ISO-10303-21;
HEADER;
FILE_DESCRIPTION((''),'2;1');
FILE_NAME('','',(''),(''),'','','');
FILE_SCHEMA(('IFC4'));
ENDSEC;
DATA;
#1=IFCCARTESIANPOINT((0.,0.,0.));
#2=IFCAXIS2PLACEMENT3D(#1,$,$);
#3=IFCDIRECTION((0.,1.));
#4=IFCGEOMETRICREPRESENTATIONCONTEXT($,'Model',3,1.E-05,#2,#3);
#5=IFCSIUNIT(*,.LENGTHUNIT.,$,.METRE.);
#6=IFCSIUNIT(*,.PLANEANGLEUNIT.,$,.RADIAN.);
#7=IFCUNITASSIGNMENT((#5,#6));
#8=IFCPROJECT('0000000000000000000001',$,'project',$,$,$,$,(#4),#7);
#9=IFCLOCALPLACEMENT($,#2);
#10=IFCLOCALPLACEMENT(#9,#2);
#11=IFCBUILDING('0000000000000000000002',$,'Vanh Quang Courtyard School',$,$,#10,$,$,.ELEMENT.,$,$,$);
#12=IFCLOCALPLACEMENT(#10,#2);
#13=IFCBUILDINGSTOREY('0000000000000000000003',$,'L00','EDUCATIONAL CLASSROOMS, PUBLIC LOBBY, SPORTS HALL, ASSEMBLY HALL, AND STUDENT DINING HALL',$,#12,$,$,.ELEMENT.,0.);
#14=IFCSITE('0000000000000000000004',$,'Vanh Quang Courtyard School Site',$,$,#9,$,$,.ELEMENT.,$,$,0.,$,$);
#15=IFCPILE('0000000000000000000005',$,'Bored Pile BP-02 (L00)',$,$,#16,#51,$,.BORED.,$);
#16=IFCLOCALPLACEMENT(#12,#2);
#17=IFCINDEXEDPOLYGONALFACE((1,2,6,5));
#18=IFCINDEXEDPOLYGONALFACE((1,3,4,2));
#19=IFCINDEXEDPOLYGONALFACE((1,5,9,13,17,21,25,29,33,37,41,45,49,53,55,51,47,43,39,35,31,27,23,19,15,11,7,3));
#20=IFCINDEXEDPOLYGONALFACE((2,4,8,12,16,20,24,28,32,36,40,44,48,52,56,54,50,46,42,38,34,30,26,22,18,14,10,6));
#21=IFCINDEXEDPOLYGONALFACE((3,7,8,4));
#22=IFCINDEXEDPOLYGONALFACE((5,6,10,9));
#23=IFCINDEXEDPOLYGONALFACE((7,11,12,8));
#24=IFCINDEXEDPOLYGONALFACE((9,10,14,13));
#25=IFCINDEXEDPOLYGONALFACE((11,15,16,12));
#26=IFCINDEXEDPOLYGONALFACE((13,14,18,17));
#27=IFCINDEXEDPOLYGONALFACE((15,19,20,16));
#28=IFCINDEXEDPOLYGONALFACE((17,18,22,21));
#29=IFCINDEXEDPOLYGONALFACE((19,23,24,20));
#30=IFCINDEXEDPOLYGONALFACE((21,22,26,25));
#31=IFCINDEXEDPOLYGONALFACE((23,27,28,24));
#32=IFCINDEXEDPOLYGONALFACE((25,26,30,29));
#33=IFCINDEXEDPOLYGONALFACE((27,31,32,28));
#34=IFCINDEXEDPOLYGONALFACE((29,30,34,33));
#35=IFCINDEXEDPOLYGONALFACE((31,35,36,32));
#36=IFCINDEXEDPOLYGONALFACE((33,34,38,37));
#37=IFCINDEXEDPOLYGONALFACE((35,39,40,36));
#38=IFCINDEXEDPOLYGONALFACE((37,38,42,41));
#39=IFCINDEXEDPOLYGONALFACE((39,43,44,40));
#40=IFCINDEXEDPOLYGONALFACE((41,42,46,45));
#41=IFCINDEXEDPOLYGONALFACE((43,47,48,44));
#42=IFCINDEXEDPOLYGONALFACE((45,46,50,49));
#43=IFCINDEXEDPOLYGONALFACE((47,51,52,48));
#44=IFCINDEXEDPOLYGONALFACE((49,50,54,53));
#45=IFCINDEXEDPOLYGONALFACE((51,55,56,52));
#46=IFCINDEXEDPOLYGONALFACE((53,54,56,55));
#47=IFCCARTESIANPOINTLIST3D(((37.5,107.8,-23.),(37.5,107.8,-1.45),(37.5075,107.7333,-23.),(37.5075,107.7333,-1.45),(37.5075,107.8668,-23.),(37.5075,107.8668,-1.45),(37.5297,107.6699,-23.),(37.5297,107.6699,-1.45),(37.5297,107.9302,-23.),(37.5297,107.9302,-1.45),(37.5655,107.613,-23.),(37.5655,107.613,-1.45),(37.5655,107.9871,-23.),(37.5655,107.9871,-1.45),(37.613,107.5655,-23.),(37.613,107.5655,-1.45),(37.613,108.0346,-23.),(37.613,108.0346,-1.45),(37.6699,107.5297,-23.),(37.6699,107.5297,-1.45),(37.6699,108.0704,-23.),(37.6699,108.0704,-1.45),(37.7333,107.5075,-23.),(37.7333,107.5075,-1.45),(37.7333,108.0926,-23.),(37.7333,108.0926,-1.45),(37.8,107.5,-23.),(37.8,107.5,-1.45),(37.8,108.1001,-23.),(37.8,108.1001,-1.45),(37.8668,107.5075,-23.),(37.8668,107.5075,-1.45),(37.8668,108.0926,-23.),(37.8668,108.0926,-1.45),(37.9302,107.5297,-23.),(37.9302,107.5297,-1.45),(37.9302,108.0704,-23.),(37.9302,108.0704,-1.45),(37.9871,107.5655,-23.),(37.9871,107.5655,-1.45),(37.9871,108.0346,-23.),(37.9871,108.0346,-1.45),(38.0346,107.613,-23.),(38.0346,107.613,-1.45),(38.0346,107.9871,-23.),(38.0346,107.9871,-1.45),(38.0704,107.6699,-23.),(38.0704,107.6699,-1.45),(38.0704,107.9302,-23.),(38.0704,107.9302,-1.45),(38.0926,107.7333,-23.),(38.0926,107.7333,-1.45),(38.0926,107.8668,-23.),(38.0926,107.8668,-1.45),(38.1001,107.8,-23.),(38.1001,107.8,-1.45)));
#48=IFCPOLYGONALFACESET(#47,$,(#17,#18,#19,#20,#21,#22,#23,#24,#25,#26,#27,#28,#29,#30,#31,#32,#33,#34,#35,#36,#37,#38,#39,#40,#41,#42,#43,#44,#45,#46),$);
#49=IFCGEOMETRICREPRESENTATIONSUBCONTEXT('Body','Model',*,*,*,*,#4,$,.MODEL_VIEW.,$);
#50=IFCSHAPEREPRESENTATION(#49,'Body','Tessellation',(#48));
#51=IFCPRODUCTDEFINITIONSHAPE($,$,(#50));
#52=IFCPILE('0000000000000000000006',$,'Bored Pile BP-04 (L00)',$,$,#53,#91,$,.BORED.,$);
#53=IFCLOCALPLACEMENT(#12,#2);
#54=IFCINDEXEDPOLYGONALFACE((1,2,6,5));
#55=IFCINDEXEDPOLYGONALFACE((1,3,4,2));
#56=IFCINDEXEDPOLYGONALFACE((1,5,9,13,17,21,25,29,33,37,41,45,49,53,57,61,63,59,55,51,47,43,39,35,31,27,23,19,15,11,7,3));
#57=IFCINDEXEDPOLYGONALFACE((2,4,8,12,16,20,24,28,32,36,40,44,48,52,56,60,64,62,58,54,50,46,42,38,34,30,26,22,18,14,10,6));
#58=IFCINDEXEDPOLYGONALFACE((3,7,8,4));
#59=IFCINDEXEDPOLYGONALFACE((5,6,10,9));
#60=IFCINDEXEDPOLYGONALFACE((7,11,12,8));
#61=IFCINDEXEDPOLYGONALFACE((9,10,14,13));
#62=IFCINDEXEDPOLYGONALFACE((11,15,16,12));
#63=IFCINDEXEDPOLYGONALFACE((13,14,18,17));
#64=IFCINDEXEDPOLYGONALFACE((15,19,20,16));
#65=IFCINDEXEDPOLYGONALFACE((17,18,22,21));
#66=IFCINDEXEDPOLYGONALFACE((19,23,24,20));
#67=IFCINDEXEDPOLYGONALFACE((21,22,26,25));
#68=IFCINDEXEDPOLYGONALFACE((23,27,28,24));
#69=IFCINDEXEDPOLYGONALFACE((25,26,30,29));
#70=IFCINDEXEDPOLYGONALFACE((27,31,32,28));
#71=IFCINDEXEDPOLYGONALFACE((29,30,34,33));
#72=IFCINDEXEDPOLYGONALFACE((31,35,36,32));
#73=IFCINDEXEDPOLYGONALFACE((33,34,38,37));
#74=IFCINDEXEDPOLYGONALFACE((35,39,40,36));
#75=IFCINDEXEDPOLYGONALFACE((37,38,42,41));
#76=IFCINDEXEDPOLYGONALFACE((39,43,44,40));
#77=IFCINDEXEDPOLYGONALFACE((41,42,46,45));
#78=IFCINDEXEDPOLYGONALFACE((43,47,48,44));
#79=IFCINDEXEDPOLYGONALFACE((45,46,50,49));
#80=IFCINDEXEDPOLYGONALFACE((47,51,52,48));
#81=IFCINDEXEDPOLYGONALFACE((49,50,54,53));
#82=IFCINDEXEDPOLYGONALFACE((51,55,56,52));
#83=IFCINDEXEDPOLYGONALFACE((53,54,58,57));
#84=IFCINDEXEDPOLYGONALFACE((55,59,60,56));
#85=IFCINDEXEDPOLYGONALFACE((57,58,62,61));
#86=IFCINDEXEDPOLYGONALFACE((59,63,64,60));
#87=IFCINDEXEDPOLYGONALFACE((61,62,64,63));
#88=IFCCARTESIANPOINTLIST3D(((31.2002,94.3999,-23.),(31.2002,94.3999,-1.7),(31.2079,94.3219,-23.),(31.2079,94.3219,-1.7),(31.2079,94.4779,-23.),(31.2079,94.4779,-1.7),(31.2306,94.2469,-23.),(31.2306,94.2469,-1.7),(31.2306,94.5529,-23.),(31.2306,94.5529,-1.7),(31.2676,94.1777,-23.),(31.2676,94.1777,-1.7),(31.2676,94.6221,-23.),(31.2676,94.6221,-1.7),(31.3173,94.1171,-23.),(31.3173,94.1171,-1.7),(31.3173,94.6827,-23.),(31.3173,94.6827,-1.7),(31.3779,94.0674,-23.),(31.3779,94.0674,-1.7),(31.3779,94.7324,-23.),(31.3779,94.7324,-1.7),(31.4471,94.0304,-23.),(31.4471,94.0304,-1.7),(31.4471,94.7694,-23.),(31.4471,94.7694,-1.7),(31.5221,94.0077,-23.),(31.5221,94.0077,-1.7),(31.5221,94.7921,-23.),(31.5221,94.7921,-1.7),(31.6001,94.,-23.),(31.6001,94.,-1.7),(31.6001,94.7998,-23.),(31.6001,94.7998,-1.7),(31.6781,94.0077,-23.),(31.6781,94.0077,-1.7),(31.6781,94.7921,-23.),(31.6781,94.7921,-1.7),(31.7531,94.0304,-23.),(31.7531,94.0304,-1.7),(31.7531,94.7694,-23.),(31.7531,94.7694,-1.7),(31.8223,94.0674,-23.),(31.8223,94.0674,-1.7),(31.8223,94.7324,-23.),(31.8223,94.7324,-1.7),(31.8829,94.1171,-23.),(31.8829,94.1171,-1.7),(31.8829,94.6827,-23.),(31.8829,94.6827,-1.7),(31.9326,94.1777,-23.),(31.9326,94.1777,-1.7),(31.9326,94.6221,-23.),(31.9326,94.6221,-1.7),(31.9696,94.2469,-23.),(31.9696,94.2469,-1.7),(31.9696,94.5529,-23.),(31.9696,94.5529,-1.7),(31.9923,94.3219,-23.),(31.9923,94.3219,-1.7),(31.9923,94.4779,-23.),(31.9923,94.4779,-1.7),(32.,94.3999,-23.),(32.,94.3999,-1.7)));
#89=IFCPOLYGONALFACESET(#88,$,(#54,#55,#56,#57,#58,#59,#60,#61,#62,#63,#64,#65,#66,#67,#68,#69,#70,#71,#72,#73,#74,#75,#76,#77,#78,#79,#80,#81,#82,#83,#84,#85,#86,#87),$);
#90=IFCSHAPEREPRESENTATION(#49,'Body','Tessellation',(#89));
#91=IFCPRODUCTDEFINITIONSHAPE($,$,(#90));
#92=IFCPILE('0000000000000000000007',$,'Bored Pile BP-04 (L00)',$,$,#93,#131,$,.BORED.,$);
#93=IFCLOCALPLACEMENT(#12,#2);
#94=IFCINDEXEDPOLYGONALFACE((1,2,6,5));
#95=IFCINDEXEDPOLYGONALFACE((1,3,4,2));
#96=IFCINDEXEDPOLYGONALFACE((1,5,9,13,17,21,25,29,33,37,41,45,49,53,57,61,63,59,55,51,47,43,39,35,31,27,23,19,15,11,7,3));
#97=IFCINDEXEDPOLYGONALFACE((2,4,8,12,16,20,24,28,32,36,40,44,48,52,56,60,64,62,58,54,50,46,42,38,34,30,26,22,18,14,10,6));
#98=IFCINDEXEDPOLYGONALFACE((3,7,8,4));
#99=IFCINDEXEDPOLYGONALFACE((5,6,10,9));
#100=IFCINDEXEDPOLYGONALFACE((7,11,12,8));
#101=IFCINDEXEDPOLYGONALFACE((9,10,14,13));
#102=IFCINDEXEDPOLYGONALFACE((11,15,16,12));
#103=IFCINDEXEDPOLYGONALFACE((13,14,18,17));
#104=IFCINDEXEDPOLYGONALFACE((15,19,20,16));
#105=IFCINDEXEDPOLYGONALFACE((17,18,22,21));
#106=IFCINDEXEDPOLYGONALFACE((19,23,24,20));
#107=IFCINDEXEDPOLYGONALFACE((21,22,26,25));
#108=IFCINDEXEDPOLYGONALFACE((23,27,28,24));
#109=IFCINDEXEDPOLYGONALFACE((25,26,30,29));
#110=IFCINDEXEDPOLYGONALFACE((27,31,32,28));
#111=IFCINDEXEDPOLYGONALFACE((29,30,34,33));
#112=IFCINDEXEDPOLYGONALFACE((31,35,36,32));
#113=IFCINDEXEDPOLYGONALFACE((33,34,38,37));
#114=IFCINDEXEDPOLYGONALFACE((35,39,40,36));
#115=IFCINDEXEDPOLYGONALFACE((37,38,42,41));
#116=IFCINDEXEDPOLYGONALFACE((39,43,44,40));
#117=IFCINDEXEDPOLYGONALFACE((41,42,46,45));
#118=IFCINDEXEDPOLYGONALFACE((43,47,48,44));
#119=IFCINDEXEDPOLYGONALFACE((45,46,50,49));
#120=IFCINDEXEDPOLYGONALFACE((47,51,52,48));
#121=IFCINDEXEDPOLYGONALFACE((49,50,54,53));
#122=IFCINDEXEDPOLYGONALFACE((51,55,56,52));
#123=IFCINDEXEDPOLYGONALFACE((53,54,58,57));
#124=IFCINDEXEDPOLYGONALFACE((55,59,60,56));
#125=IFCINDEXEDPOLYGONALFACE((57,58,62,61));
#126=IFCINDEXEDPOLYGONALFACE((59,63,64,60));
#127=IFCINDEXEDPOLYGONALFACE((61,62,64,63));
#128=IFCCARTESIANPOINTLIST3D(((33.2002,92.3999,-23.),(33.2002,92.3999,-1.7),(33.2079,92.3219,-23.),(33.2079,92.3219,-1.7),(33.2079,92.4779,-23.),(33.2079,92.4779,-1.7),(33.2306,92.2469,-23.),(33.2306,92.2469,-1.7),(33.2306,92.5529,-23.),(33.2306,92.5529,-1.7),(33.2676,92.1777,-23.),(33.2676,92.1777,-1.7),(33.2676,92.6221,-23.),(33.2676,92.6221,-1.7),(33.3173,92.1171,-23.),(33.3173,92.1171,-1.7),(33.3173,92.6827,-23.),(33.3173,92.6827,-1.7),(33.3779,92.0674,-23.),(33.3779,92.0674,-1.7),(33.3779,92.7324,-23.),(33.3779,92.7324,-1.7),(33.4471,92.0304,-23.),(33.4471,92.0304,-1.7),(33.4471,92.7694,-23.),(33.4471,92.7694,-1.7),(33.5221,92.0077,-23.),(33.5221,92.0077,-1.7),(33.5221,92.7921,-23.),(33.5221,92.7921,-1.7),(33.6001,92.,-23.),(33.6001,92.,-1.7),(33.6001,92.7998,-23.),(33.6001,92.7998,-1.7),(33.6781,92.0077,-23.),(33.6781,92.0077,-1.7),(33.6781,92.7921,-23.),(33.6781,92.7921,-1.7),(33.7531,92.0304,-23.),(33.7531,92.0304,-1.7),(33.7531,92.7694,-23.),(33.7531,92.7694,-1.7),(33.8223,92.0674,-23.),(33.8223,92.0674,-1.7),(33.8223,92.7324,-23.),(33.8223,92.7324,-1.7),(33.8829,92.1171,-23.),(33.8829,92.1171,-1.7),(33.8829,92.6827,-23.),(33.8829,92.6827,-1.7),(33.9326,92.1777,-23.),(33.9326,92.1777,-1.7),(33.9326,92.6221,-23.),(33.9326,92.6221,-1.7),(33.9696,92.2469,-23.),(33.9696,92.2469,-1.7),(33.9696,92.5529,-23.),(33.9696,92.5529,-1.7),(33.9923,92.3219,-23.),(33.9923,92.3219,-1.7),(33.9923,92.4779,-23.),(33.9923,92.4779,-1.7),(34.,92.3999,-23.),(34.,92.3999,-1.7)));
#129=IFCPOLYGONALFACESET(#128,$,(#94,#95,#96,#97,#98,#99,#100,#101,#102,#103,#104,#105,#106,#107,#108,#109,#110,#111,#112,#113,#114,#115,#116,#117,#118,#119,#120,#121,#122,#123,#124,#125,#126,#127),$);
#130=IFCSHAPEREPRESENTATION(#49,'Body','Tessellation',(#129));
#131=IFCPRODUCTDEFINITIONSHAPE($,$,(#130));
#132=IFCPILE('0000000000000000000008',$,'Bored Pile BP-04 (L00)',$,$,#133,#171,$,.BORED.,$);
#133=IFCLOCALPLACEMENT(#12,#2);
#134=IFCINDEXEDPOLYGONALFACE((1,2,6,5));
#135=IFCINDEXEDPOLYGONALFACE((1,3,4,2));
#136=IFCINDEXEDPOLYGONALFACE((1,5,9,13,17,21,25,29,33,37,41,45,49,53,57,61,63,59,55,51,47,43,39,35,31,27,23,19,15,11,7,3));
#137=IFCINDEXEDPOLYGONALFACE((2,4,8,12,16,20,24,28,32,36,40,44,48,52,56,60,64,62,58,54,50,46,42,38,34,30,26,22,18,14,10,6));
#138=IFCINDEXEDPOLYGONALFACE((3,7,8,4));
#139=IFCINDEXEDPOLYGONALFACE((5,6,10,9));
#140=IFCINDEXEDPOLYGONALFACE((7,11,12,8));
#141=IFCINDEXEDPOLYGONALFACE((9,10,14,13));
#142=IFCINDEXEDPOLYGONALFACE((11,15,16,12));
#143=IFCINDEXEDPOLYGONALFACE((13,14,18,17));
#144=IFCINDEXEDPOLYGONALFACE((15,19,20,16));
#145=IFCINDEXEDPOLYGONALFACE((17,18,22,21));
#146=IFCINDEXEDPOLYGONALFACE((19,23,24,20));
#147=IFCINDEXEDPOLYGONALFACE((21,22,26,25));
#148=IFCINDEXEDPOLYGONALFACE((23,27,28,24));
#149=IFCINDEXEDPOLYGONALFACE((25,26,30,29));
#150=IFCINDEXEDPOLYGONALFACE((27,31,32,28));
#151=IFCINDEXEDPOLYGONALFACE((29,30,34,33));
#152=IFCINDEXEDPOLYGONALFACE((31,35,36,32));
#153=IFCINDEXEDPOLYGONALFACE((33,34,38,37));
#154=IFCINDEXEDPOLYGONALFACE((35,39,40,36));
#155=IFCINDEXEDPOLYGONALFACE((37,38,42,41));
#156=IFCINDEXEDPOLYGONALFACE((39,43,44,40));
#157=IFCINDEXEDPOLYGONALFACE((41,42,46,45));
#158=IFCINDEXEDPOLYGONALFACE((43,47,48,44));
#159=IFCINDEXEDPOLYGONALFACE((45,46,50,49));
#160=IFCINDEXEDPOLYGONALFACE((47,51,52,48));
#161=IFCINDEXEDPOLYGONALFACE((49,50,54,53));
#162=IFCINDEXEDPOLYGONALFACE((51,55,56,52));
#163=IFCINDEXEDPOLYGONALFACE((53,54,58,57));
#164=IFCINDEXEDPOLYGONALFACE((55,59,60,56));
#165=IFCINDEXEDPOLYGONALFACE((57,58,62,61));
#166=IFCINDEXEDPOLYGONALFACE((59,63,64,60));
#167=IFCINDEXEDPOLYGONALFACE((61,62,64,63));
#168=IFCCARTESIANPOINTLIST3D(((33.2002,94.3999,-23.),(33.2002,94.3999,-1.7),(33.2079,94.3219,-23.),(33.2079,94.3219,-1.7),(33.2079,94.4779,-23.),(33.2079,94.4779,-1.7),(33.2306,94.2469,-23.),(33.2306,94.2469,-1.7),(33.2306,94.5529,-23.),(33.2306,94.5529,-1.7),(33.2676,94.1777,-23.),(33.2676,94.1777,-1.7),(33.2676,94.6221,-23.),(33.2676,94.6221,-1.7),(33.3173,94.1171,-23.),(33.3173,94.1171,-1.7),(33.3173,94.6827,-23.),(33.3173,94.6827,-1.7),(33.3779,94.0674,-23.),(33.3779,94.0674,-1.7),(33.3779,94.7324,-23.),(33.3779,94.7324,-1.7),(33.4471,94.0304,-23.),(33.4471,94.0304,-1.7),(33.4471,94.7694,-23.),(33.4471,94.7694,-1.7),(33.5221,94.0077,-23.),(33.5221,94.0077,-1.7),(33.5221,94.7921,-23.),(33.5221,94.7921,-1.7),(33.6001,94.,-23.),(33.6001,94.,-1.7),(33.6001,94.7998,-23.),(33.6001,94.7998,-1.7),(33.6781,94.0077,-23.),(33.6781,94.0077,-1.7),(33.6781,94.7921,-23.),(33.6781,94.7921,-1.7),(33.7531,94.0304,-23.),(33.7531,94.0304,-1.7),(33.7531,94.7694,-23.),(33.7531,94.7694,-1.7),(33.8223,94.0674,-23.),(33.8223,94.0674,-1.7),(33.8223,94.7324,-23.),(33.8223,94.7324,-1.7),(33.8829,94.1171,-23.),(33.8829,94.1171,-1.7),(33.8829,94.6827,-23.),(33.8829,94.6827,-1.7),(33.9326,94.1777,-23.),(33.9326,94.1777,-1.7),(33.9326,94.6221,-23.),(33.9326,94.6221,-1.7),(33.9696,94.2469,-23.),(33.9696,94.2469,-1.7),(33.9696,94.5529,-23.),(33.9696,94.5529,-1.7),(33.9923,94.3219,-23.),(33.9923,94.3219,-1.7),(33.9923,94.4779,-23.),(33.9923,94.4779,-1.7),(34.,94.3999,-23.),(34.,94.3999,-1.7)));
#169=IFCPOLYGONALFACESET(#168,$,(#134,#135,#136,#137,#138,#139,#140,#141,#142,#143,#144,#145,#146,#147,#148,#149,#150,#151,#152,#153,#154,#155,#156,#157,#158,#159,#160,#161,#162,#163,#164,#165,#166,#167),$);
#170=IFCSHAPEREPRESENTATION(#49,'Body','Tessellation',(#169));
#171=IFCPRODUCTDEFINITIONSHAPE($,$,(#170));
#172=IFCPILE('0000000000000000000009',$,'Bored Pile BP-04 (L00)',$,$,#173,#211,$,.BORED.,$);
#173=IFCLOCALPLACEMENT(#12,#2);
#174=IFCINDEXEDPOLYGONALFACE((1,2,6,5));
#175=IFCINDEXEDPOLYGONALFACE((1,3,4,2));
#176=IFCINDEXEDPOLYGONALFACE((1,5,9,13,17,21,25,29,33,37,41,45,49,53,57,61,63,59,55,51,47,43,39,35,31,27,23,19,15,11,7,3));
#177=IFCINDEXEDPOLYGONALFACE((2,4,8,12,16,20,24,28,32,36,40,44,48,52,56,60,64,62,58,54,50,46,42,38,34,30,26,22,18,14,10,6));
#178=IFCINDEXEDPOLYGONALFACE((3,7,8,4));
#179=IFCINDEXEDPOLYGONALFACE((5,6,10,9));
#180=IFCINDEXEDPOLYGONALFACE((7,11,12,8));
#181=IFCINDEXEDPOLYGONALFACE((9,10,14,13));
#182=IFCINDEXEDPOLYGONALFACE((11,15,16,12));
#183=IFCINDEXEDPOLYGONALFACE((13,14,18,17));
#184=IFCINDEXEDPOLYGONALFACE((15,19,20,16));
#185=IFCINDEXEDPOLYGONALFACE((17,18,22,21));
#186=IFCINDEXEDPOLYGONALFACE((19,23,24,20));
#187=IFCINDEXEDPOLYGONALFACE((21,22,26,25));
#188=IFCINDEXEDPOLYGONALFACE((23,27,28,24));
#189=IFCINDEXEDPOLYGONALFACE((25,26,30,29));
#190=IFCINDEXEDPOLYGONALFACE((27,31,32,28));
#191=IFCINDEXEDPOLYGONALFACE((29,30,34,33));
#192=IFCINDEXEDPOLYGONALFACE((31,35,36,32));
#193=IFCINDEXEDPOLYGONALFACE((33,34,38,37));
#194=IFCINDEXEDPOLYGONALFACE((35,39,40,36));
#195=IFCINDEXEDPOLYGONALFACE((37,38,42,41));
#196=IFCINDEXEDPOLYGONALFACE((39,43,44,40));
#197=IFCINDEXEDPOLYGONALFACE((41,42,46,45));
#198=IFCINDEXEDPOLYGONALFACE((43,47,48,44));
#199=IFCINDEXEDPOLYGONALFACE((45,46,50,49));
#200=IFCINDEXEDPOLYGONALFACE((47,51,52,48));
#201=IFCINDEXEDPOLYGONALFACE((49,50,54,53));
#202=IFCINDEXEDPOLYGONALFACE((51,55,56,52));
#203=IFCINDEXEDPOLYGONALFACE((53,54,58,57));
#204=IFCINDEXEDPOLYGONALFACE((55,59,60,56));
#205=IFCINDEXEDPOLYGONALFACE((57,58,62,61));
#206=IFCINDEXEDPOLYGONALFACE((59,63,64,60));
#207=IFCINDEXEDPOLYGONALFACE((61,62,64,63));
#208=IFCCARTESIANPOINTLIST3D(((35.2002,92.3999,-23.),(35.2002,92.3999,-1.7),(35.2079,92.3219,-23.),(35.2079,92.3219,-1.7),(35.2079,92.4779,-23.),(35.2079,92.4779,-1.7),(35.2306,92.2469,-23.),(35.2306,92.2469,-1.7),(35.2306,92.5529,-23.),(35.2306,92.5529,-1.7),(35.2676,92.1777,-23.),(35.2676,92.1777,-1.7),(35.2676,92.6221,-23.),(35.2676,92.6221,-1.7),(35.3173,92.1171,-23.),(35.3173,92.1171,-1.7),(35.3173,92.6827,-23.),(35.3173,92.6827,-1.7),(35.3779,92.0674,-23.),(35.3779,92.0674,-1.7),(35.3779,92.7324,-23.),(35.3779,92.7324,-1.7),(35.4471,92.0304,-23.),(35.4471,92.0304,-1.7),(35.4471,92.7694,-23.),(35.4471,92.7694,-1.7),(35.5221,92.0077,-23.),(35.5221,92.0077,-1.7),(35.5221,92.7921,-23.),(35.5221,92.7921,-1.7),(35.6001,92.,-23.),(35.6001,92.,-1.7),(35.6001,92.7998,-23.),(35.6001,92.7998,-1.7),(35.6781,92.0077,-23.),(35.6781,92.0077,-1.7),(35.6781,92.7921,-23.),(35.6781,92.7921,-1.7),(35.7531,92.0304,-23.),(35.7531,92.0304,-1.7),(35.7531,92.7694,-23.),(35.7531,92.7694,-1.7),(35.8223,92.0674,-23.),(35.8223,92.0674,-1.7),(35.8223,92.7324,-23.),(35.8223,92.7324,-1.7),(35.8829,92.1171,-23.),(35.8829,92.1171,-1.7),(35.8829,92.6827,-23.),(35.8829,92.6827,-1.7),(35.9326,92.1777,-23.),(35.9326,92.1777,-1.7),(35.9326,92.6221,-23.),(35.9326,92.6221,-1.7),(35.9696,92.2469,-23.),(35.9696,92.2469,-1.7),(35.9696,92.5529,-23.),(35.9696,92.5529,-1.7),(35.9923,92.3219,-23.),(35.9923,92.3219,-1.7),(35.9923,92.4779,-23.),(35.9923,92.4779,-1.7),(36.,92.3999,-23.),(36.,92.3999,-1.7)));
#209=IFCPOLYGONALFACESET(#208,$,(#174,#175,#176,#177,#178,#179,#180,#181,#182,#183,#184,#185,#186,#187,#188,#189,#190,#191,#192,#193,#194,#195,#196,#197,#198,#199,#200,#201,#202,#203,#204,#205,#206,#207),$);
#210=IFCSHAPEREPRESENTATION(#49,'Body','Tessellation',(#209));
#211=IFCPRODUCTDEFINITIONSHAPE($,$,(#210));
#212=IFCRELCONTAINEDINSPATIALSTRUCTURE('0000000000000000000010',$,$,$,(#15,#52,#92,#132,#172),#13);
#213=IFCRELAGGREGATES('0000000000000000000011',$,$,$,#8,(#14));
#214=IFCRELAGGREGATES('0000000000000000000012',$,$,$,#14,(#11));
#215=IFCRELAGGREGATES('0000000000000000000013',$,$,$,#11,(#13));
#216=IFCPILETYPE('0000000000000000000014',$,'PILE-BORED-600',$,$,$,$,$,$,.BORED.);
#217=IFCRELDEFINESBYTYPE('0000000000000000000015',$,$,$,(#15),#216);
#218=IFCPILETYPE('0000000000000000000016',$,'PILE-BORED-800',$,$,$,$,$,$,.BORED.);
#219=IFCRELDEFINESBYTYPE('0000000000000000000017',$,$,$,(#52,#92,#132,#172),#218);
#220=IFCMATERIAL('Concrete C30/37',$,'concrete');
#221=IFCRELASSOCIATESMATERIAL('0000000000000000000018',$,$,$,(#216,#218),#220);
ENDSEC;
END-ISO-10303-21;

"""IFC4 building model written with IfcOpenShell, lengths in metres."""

from ifc_helpers import new_model, si_unit, direction, frame, origin, origin_2d, place, context, subcontext, project, spatial, circle, extrude, material, material_profile, profile_set, type_object, element, save


model = new_model("IFC4")

# Units and contexts
model_context = context("Model", 3, precision=1e-05, world=origin(), true_north=direction((0.0, 1.0)))
body_context = subcontext(model_context, "Body", "Model", "MODEL_VIEW")
ifc_project = project(units=[si_unit("LENGTHUNIT", "METRE"), si_unit("PLANEANGLEUNIT", "RADIAN")], contexts=[model_context])

# Site, building, storey
site_placement = place(None, origin())
site = spatial("IfcSite", under=ifc_project, at=site_placement, Name="Vanh Quang Courtyard School Site", CompositionType="ELEMENT", RefElevation=0.0)
building_placement = place(site_placement, origin())
building = spatial("IfcBuilding", under=site, at=building_placement, Name="Vanh Quang Courtyard School", CompositionType="ELEMENT")
storey_placement = place(building_placement, origin())
storey = spatial("IfcBuildingStorey", under=building, at=storey_placement, Name="L00", Description="EDUCATIONAL CLASSROOMS, PUBLIC LOBBY, SPORTS HALL, ASSEMBLY HALL, AND STUDENT DINING HALL", CompositionType="ELEMENT", Elevation=0.0)

# Piles
ifc_material_1 = material(Name="Concrete C30/37", Category="concrete")
ifc_material_profile_1 = material_profile(ifc_material_1, circle(Radius=0.3, at=origin_2d()), Name="PILE D600")
ifc_profile_set_1 = profile_set([ifc_material_profile_1], Name="Concrete C30/37")
pile_type_1 = type_object("IfcPileType", Name="PILE-BORED-600", PredefinedType="BORED", material=ifc_profile_set_1)
pile_placement = place(storey_placement, frame((37.8, 107.8, -1.45), z_axis=(0.0, 0.0, -1.0), x_axis=(1.0, 0.0, 0.0)))
element("IfcPile", 1, at=pile_placement, inside=storey, type_object=pile_type_1, Name="Bored Pile BP-02 (L00)", PredefinedType="BORED", context=body_context, shape_type="SweptSolid", body=[
    extrude(circle(Radius=0.3, at=origin_2d()), origin(), (0.0, 0.0, 1.0), 21.55),
])
ifc_material_profile_2 = material_profile(ifc_material_1, circle(Radius=0.3999, at=origin_2d()), Name="PILE D800")
ifc_profile_set_2 = profile_set([ifc_material_profile_2], Name="Concrete C30/37")
pile_type_2 = type_object("IfcPileType", Name="PILE-BORED-800", PredefinedType="BORED", material=ifc_profile_set_2)
for number, where, z_axis, x_axis, name in (
    (2, (31.6001, 94.3999, -1.7), (0.0, 0.0, -1.0), (1.0, 0.0, 0.0), "Bored Pile BP-04 (L00)"),
    (3, (33.6001, 92.3999, -1.7), (0.0, 0.0, -1.0), (1.0, 0.0, 0.0), "Bored Pile BP-04 (L00)"),
    (4, (33.6001, 94.3999, -1.7), (0.0, 0.0, -1.0), (1.0, 0.0, 0.0), "Bored Pile BP-04 (L00)"),
    (5, (35.6001, 92.3999, -1.7), (0.0, 0.0, -1.0), (1.0, 0.0, 0.0), "Bored Pile BP-04 (L00)"),
):
    element("IfcPile", number, at=place(storey_placement, frame(where, z_axis=z_axis, x_axis=x_axis)), inside=storey, type_object=pile_type_2, Name=name, PredefinedType="BORED", context=body_context, shape_type="SweptSolid", body=[
        extrude(circle(Radius=0.3999, at=origin_2d()), origin(), (0.0, 0.0, 1.0), 21.3),
    ])

save(model, "model.ifc")
